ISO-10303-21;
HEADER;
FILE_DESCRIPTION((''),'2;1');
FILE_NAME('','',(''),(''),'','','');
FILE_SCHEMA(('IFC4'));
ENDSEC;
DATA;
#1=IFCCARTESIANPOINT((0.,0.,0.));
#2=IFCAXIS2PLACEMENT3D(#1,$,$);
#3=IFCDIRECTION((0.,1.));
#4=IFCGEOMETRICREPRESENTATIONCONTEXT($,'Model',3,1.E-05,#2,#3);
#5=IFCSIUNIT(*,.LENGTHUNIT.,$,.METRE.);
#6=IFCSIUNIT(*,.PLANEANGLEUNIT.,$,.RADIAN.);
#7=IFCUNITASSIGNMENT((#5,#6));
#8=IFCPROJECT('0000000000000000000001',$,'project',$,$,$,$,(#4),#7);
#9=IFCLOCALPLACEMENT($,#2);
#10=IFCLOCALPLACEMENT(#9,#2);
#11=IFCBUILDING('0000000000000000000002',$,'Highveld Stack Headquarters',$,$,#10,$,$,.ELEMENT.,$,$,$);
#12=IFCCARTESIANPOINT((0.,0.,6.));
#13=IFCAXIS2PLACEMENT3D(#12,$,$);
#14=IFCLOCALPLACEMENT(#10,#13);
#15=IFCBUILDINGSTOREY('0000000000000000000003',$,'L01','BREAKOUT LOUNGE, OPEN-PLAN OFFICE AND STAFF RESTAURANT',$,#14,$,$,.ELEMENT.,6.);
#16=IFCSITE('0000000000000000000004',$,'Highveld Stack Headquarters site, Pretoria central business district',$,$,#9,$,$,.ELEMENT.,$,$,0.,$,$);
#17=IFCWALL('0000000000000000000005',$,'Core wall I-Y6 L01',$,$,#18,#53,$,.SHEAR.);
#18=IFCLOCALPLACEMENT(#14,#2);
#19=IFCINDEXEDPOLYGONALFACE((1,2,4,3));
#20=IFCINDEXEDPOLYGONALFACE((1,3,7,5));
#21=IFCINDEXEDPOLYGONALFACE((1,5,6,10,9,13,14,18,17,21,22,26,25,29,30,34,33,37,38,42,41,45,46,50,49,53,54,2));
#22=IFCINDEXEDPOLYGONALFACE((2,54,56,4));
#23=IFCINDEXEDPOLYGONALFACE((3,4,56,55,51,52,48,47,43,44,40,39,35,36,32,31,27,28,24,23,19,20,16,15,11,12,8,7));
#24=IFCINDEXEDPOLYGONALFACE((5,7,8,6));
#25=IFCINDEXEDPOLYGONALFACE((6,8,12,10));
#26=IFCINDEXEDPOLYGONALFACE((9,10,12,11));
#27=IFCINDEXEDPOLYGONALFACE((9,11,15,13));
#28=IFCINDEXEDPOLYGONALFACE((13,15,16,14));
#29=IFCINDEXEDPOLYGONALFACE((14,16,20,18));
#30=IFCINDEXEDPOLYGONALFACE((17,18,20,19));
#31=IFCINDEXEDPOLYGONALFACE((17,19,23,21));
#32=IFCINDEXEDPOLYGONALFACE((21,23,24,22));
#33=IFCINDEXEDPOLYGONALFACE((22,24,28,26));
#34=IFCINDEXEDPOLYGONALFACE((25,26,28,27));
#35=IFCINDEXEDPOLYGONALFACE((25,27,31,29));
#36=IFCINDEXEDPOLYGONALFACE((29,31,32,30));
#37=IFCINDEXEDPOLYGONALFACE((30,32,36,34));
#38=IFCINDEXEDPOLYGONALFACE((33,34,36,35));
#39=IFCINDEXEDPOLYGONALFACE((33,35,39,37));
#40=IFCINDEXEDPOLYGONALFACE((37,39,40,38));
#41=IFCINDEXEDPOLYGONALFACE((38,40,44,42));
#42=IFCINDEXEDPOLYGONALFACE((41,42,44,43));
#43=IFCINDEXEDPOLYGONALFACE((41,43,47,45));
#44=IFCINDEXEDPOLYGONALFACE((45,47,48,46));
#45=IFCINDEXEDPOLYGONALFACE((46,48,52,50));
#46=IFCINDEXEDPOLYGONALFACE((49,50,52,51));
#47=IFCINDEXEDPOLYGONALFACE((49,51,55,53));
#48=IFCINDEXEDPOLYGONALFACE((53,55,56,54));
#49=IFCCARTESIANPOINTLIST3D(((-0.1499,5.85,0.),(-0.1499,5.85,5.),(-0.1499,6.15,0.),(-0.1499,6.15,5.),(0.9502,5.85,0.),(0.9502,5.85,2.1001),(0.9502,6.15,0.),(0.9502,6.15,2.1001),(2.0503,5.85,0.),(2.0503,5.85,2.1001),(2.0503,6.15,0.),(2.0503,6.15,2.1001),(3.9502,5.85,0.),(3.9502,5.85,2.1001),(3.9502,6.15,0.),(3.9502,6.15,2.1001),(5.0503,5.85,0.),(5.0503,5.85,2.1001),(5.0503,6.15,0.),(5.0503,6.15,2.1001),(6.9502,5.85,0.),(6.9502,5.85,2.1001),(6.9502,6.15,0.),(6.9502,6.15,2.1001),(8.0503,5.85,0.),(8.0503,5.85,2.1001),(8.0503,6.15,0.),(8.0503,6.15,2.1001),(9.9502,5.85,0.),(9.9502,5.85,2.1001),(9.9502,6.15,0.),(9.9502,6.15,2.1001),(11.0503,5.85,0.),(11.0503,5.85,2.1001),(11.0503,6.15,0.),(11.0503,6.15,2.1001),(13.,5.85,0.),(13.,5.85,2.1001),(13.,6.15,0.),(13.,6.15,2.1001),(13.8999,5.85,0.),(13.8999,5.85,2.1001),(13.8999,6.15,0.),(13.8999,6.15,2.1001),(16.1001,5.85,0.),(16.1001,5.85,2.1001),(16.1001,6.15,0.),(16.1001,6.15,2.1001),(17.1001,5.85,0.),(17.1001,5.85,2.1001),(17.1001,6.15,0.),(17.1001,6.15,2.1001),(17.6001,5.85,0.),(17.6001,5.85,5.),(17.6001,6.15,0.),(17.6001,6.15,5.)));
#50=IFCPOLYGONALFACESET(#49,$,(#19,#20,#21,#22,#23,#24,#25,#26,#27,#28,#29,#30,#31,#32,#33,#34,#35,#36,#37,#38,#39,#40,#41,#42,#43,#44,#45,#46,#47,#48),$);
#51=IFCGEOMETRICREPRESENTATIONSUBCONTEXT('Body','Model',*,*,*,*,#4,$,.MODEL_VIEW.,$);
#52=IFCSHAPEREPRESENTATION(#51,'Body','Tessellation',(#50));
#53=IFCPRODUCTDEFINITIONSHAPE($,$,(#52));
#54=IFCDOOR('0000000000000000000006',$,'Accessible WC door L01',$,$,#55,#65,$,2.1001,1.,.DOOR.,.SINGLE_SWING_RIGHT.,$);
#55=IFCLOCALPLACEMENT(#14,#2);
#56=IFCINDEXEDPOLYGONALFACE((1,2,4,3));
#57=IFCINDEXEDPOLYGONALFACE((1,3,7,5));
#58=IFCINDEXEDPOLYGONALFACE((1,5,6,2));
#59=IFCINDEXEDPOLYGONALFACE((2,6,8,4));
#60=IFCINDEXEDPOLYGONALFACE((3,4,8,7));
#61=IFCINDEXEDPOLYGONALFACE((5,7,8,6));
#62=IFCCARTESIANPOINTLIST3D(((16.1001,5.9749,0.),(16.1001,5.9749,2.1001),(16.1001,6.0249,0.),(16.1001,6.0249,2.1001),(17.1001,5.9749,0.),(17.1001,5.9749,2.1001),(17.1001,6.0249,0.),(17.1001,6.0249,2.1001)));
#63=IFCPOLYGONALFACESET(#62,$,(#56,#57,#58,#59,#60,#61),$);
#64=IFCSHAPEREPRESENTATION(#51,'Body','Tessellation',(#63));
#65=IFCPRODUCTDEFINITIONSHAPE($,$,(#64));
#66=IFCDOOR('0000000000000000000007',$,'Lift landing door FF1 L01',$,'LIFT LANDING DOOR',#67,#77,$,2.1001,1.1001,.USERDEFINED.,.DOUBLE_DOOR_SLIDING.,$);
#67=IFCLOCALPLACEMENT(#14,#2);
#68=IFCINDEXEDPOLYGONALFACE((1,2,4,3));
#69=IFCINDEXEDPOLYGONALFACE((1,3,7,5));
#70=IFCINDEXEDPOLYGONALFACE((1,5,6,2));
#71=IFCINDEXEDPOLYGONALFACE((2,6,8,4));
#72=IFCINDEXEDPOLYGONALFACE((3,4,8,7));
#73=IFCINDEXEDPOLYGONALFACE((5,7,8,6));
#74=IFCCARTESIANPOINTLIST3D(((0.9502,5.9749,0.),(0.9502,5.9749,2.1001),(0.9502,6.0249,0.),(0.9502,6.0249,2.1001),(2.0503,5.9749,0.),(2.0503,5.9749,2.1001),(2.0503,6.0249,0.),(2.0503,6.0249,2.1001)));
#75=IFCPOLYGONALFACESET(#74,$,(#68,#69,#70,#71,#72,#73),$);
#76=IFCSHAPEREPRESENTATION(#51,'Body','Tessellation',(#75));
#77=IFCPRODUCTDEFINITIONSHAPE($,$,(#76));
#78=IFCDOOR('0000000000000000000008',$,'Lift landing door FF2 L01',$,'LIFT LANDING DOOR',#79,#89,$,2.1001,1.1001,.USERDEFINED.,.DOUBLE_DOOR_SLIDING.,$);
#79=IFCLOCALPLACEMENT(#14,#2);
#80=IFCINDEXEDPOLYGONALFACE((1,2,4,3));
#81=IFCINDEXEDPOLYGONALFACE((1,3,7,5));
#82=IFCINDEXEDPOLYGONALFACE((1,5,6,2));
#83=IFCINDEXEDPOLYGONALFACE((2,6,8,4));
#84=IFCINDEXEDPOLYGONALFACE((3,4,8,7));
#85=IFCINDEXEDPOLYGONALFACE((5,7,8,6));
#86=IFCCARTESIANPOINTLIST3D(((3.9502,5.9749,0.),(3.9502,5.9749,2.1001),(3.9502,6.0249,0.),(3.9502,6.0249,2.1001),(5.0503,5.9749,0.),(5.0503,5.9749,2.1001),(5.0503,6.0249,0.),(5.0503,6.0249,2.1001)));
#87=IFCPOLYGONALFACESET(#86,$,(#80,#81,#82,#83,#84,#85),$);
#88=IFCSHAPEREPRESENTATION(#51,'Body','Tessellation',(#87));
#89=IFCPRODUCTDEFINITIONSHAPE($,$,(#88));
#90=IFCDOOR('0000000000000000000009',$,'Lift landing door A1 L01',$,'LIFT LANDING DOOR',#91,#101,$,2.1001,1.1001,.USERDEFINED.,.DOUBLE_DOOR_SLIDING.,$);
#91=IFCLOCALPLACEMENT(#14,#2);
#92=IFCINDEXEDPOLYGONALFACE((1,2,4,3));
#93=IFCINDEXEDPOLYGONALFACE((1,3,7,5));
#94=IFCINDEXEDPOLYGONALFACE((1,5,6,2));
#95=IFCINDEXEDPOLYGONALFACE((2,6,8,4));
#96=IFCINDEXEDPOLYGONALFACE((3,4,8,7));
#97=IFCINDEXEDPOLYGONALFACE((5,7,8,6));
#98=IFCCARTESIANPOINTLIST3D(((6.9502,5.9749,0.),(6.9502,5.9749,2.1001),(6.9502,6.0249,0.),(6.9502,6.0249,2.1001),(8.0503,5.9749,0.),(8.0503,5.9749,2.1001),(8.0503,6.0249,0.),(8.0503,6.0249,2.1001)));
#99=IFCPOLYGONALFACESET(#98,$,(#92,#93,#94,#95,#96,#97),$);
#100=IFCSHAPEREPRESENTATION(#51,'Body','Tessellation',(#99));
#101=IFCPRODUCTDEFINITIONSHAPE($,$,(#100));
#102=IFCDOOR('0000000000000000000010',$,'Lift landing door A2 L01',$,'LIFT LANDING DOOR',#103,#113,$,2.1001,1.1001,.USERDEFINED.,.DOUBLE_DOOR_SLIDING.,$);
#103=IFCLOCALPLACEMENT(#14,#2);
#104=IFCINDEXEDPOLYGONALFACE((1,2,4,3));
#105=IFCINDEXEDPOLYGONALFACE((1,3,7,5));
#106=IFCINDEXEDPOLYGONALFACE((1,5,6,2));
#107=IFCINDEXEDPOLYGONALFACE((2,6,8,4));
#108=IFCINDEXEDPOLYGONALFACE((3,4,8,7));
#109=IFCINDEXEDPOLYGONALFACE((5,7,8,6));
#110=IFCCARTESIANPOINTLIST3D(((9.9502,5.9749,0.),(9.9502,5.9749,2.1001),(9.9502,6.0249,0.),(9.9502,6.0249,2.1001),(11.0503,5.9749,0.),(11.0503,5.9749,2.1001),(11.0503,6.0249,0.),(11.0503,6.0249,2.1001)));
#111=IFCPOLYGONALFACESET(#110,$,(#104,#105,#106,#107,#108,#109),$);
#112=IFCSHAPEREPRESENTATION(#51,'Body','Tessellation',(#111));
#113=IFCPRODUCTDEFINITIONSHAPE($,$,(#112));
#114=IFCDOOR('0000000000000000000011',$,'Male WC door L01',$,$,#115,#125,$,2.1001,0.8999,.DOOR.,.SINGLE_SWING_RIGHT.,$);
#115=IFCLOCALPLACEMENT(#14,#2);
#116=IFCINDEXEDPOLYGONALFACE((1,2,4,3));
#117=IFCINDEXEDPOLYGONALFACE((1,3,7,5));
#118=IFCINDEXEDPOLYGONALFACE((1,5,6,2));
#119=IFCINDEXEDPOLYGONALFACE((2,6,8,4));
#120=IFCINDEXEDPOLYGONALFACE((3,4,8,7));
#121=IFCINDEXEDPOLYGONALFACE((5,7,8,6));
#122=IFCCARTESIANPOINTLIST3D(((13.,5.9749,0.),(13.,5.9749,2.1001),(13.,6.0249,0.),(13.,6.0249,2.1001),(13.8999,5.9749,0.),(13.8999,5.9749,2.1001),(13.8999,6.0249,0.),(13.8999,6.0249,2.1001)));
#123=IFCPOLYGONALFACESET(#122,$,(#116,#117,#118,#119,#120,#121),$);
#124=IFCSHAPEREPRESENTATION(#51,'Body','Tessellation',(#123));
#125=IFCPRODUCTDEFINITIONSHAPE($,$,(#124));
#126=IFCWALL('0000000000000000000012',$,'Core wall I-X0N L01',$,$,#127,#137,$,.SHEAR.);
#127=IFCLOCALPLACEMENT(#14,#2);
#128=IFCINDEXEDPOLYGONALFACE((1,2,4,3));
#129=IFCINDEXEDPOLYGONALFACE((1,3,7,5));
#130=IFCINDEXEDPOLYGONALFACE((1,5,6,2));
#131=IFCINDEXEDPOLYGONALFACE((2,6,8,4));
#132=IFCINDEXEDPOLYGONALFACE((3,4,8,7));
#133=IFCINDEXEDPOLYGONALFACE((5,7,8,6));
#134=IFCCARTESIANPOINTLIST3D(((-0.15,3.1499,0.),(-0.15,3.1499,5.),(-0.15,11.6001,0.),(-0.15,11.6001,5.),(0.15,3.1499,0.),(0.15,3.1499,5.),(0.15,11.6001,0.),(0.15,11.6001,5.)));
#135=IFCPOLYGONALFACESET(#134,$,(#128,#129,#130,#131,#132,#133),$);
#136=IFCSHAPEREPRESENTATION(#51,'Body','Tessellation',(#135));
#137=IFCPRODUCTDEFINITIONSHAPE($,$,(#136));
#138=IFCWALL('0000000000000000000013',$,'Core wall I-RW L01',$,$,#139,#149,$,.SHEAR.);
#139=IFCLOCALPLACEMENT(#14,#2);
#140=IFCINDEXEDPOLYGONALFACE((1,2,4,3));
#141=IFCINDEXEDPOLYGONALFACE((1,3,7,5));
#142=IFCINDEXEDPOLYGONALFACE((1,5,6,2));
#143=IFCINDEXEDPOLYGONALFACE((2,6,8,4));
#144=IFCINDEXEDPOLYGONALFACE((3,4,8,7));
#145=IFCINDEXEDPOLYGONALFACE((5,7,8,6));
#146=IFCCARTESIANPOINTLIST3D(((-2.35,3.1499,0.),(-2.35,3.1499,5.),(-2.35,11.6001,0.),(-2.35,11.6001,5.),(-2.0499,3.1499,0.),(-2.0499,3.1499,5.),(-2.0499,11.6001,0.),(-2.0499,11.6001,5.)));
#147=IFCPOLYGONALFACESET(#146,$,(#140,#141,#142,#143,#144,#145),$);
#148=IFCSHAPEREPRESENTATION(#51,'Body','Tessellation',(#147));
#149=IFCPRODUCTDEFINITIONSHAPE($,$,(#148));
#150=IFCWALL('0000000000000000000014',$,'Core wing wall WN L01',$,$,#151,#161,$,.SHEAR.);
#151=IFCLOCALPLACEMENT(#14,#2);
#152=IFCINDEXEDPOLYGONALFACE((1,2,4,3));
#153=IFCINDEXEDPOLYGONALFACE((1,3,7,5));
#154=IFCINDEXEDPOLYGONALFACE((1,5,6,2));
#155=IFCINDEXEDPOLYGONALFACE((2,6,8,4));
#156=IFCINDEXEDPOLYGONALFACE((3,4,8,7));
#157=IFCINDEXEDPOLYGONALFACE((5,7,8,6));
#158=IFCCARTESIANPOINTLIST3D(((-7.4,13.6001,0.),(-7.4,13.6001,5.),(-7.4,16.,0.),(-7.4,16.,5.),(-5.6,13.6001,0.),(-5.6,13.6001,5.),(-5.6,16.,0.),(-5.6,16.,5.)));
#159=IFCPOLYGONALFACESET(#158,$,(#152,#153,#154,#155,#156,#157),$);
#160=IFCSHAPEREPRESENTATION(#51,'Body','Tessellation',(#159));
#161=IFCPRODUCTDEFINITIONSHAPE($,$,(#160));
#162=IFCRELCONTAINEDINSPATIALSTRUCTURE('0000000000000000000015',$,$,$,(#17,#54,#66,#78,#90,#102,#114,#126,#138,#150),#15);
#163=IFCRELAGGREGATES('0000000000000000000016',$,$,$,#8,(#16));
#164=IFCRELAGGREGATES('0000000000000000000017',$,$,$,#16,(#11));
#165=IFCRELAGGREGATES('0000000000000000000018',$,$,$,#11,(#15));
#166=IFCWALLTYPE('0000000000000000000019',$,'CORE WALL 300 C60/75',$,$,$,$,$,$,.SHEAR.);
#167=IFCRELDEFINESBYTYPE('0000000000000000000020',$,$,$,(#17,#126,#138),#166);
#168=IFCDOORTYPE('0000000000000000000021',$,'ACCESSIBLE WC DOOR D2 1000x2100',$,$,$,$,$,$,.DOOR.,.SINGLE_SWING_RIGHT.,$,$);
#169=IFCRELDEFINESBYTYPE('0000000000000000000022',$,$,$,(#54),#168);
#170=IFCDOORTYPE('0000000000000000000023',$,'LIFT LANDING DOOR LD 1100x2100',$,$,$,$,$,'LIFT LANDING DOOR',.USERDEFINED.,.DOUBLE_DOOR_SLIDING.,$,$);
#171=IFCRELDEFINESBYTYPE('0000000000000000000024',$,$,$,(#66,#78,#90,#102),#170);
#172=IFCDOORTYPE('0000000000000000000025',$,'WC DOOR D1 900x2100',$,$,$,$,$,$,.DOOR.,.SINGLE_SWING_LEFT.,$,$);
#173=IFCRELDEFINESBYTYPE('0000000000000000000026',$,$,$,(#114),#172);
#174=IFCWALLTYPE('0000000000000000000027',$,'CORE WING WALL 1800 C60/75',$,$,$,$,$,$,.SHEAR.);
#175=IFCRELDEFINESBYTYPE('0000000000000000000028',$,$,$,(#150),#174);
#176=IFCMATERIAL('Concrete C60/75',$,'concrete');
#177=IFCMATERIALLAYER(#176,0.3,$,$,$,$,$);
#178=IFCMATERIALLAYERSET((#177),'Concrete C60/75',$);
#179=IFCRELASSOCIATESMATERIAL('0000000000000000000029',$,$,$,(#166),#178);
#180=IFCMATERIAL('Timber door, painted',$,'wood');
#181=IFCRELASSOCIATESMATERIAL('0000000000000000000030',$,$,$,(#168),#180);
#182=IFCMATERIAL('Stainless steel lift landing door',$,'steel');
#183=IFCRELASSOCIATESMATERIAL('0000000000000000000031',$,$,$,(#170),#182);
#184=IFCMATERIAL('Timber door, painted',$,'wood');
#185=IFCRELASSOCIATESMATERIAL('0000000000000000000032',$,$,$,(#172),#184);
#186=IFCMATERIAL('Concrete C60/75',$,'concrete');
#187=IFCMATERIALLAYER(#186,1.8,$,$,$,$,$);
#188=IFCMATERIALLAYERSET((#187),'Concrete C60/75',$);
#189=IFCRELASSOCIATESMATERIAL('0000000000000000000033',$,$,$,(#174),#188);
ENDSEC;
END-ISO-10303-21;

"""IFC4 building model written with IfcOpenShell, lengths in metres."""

from ifc_helpers import new_model, si_unit, direction, frame, frame_2d, origin, place, context, subcontext, project, spatial, rectangle, extrude, material, layer, layer_set, type_object, element, fill, save


model = new_model("IFC4")

# Units and contexts
model_context = context("Model", 3, precision=1e-05, world=origin(), true_north=direction((0.0, 1.0)))
body_context = subcontext(model_context, "Body", "Model", "MODEL_VIEW")
ifc_project = project(units=[si_unit("LENGTHUNIT", "METRE"), si_unit("PLANEANGLEUNIT", "RADIAN")], contexts=[model_context])

# Site, building, storey
site_placement = place(None, origin())
site = spatial("IfcSite", under=ifc_project, at=site_placement, Name="Highveld Stack Headquarters site, Pretoria central business district", CompositionType="ELEMENT", RefElevation=0.0)
building_placement = place(site_placement, origin())
building = spatial("IfcBuilding", under=site, at=building_placement, Name="Highveld Stack Headquarters", CompositionType="ELEMENT")
storey_placement = place(building_placement, frame((0.0, 0.0, 6.0)))
storey = spatial("IfcBuildingStorey", under=building, at=storey_placement, Name="L01", Description="BREAKOUT LOUNGE, OPEN-PLAN OFFICE AND STAFF RESTAURANT", CompositionType="ELEMENT", Elevation=6.0)

# Wall, openings, doors
ifc_material_1 = material(Name="Concrete C60/75", Category="concrete")
ifc_layer_1 = layer(ifc_material_1, 0.3)
ifc_layer_set_1 = layer_set([ifc_layer_1], Name="Concrete C60/75")
wall_type_1 = type_object("IfcWallType", Name="CORE WALL 300 C60/75", PredefinedType="SHEAR", material=ifc_layer_set_1)
wall_1_placement = place(storey_placement, frame((-0.1499, 6.0, 0.0), z_axis=(0.0, 0.0, 1.0), x_axis=(1.0, 0.0, 0.0)))
wall_1 = element("IfcWall", 1, at=wall_1_placement, inside=storey, type_object=wall_type_1, Name="Core wall I-Y6 L01", PredefinedType="SHEAR", context=body_context, shape_type="SweptSolid", body=[
    extrude(rectangle(XDim=17.75, YDim=0.3, at=frame_2d((8.875, 0.0))), origin(), (0.0, 0.0, 1.0), 5.0),
])
opening_1_placement = place(wall_1_placement, frame((13.1499, 0.0, 0.0)))
opening_1 = element("IfcOpeningElement", 2, at=opening_1_placement, cuts=wall_1, PredefinedType="OPENING", context=body_context, shape_type="SweptSolid", body=[
    extrude(rectangle(XDim=0.8999, YDim=2.1001, at=frame_2d((0.45, 1.05))), frame((0.0, 0.1599, 0.0), z_axis=(0.0, -1.0, 0.0), x_axis=(1.0, 0.0, 0.0)), (0.0, 0.0, 1.0), 0.3201),
])
opening_2_placement = place(wall_1_placement, frame((16.25, 0.0, 0.0)))
opening_2 = element("IfcOpeningElement", 3, at=opening_2_placement, cuts=wall_1, PredefinedType="OPENING", context=body_context, shape_type="SweptSolid", body=[
    extrude(rectangle(XDim=1.0, YDim=2.1001, at=frame_2d((0.5, 1.05))), frame((0.0, 0.1599, 0.0), z_axis=(0.0, -1.0, 0.0), x_axis=(1.0, 0.0, 0.0)), (0.0, 0.0, 1.0), 0.3201),
])
opening_3_placement = place(wall_1_placement, frame((1.1001, 0.0, 0.0)))
opening_3 = element("IfcOpeningElement", 4, at=opening_3_placement, cuts=wall_1, PredefinedType="OPENING", context=body_context, shape_type="SweptSolid", body=[
    extrude(rectangle(XDim=1.1001, YDim=2.1001, at=frame_2d((0.55, 1.05))), frame((0.0, 0.1599, 0.0), z_axis=(0.0, -1.0, 0.0), x_axis=(1.0, 0.0, 0.0)), (0.0, 0.0, 1.0), 0.3201),
])
opening_4_placement = place(wall_1_placement, frame((4.1001, 0.0, 0.0)))
opening_4 = element("IfcOpeningElement", 5, at=opening_4_placement, cuts=wall_1, PredefinedType="OPENING", context=body_context, shape_type="SweptSolid", body=[
    extrude(rectangle(XDim=1.1001, YDim=2.1001, at=frame_2d((0.55, 1.05))), frame((0.0, 0.1599, 0.0), z_axis=(0.0, -1.0, 0.0), x_axis=(1.0, 0.0, 0.0)), (0.0, 0.0, 1.0), 0.3201),
])
opening_5_placement = place(wall_1_placement, frame((7.1001, 0.0, 0.0)))
opening_5 = element("IfcOpeningElement", 6, at=opening_5_placement, cuts=wall_1, PredefinedType="OPENING", context=body_context, shape_type="SweptSolid", body=[
    extrude(rectangle(XDim=1.1001, YDim=2.1001, at=frame_2d((0.55, 1.05))), frame((0.0, 0.1599, 0.0), z_axis=(0.0, -1.0, 0.0), x_axis=(1.0, 0.0, 0.0)), (0.0, 0.0, 1.0), 0.3201),
])
opening_6_placement = place(wall_1_placement, frame((10.1001, 0.0, 0.0)))
opening_6 = element("IfcOpeningElement", 7, at=opening_6_placement, cuts=wall_1, PredefinedType="OPENING", context=body_context, shape_type="SweptSolid", body=[
    extrude(rectangle(XDim=1.1001, YDim=2.1001, at=frame_2d((0.55, 1.05))), frame((0.0, 0.1599, 0.0), z_axis=(0.0, -1.0, 0.0), x_axis=(1.0, 0.0, 0.0)), (0.0, 0.0, 1.0), 0.3201),
])
ifc_material_2 = material(Name="Timber door, painted", Category="wood")
door_type_1 = type_object("IfcDoorType", Name="ACCESSIBLE WC DOOR D2 1000x2100", OperationType="SINGLE_SWING_RIGHT", PredefinedType="DOOR", material=ifc_material_2)
door_1_placement = place(opening_2_placement, origin())
door_1 = element("IfcDoor", 8, at=door_1_placement, inside=storey, type_object=door_type_1, Name="Accessible WC door L01", OperationType="SINGLE_SWING_RIGHT", OverallHeight=2.1001, OverallWidth=1.0, PredefinedType="DOOR", context=body_context, shape_type="SweptSolid", body=[
    extrude(rectangle(XDim=1.0, YDim=2.1001, at=frame_2d((0.5, 1.05))), frame((0.0, 0.0249, 0.0), z_axis=(0.0, -1.0, 0.0), x_axis=(1.0, 0.0, 0.0)), (0.0, 0.0, 1.0), 0.05),
])
fill(opening_2, door_1)
ifc_material_3 = material(Name="Stainless steel lift landing door", Category="steel")
door_type_2 = type_object("IfcDoorType", Name="LIFT LANDING DOOR LD 1100x2100", ElementType="LIFT LANDING DOOR", OperationType="DOUBLE_DOOR_SLIDING", PredefinedType="USERDEFINED", material=ifc_material_3)
door_2_placement = place(opening_3_placement, origin())
door_2 = element("IfcDoor", 9, at=door_2_placement, inside=storey, type_object=door_type_2, Name="Lift landing door FF1 L01", ObjectType="LIFT LANDING DOOR", OperationType="DOUBLE_DOOR_SLIDING", OverallHeight=2.1001, OverallWidth=1.1001, PredefinedType="USERDEFINED", context=body_context, shape_type="SweptSolid", body=[
    extrude(rectangle(XDim=1.1001, YDim=2.1001, at=frame_2d((0.55, 1.05))), frame((0.0, 0.0249, 0.0), z_axis=(0.0, -1.0, 0.0), x_axis=(1.0, 0.0, 0.0)), (0.0, 0.0, 1.0), 0.05),
])
fill(opening_3, door_2)
door_3_placement = place(opening_4_placement, origin())
door_3 = element("IfcDoor", 10, at=door_3_placement, inside=storey, type_object=door_type_2, Name="Lift landing door FF2 L01", ObjectType="LIFT LANDING DOOR", OperationType="DOUBLE_DOOR_SLIDING", OverallHeight=2.1001, OverallWidth=1.1001, PredefinedType="USERDEFINED", context=body_context, shape_type="SweptSolid", body=[
    extrude(rectangle(XDim=1.1001, YDim=2.1001, at=frame_2d((0.55, 1.05))), frame((0.0, 0.0249, 0.0), z_axis=(0.0, -1.0, 0.0), x_axis=(1.0, 0.0, 0.0)), (0.0, 0.0, 1.0), 0.05),
])
fill(opening_4, door_3)
door_4_placement = place(opening_5_placement, origin())
door_4 = element("IfcDoor", 11, at=door_4_placement, inside=storey, type_object=door_type_2, Name="Lift landing door A1 L01", ObjectType="LIFT LANDING DOOR", OperationType="DOUBLE_DOOR_SLIDING", OverallHeight=2.1001, OverallWidth=1.1001, PredefinedType="USERDEFINED", context=body_context, shape_type="SweptSolid", body=[
    extrude(rectangle(XDim=1.1001, YDim=2.1001, at=frame_2d((0.55, 1.05))), frame((0.0, 0.0249, 0.0), z_axis=(0.0, -1.0, 0.0), x_axis=(1.0, 0.0, 0.0)), (0.0, 0.0, 1.0), 0.05),
])
fill(opening_5, door_4)
door_5_placement = place(opening_6_placement, origin())
door_5 = element("IfcDoor", 12, at=door_5_placement, inside=storey, type_object=door_type_2, Name="Lift landing door A2 L01", ObjectType="LIFT LANDING DOOR", OperationType="DOUBLE_DOOR_SLIDING", OverallHeight=2.1001, OverallWidth=1.1001, PredefinedType="USERDEFINED", context=body_context, shape_type="SweptSolid", body=[
    extrude(rectangle(XDim=1.1001, YDim=2.1001, at=frame_2d((0.55, 1.05))), frame((0.0, 0.0249, 0.0), z_axis=(0.0, -1.0, 0.0), x_axis=(1.0, 0.0, 0.0)), (0.0, 0.0, 1.0), 0.05),
])
fill(opening_6, door_5)
ifc_material_4 = material(Name="Timber door, painted", Category="wood")
door_type_3 = type_object("IfcDoorType", Name="WC DOOR D1 900x2100", OperationType="SINGLE_SWING_LEFT", PredefinedType="DOOR", material=ifc_material_4)
door_6_placement = place(opening_1_placement, origin())
door_6 = element("IfcDoor", 13, at=door_6_placement, inside=storey, type_object=door_type_3, Name="Male WC door L01", OperationType="SINGLE_SWING_RIGHT", OverallHeight=2.1001, OverallWidth=0.8999, PredefinedType="DOOR", context=body_context, shape_type="SweptSolid", body=[
    extrude(rectangle(XDim=0.8999, YDim=2.1001, at=frame_2d((0.45, 1.05))), frame((0.0, 0.0249, 0.0), z_axis=(0.0, -1.0, 0.0), x_axis=(1.0, 0.0, 0.0)), (0.0, 0.0, 1.0), 0.05),
])
fill(opening_1, door_6)

# Walls
for number, where, z_axis, x_axis, name in (
    (14, (0.0, 3.1499, 0.0), (0.0, 0.0, 1.0), (0.0, 1.0, 0.0), "Core wall I-X0N L01"),
    (15, (-2.2, 3.1499, 0.0), (0.0, 0.0, 1.0), (0.0, 1.0, 0.0), "Core wall I-RW L01"),
):
    element("IfcWall", number, at=place(storey_placement, frame(where, z_axis=z_axis, x_axis=x_axis)), inside=storey, type_object=wall_type_1, Name=name, PredefinedType="SHEAR", context=body_context, shape_type="SweptSolid", body=[
        extrude(rectangle(XDim=8.4502, YDim=0.3, at=frame_2d((4.2251, 0.0))), origin(), (0.0, 0.0, 1.0), 5.0),
    ])
ifc_material_5 = material(Name="Concrete C60/75", Category="concrete")
ifc_layer_2 = layer(ifc_material_5, 1.8)
ifc_layer_set_2 = layer_set([ifc_layer_2], Name="Concrete C60/75")
wall_type_2 = type_object("IfcWallType", Name="CORE WING WALL 1800 C60/75", PredefinedType="SHEAR", material=ifc_layer_set_2)
wall_2_placement = place(storey_placement, frame((-6.5, 13.6001, 0.0), z_axis=(0.0, 0.0, 1.0), x_axis=(0.0, 1.0, 0.0)))
element("IfcWall", 16, at=wall_2_placement, inside=storey, type_object=wall_type_2, Name="Core wing wall WN L01", PredefinedType="SHEAR", context=body_context, shape_type="SweptSolid", body=[
    extrude(rectangle(XDim=2.3999, YDim=1.8, at=frame_2d((1.2, 0.0))), origin(), (0.0, 0.0, 1.0), 5.0),
])

save(model, "model.ifc")
